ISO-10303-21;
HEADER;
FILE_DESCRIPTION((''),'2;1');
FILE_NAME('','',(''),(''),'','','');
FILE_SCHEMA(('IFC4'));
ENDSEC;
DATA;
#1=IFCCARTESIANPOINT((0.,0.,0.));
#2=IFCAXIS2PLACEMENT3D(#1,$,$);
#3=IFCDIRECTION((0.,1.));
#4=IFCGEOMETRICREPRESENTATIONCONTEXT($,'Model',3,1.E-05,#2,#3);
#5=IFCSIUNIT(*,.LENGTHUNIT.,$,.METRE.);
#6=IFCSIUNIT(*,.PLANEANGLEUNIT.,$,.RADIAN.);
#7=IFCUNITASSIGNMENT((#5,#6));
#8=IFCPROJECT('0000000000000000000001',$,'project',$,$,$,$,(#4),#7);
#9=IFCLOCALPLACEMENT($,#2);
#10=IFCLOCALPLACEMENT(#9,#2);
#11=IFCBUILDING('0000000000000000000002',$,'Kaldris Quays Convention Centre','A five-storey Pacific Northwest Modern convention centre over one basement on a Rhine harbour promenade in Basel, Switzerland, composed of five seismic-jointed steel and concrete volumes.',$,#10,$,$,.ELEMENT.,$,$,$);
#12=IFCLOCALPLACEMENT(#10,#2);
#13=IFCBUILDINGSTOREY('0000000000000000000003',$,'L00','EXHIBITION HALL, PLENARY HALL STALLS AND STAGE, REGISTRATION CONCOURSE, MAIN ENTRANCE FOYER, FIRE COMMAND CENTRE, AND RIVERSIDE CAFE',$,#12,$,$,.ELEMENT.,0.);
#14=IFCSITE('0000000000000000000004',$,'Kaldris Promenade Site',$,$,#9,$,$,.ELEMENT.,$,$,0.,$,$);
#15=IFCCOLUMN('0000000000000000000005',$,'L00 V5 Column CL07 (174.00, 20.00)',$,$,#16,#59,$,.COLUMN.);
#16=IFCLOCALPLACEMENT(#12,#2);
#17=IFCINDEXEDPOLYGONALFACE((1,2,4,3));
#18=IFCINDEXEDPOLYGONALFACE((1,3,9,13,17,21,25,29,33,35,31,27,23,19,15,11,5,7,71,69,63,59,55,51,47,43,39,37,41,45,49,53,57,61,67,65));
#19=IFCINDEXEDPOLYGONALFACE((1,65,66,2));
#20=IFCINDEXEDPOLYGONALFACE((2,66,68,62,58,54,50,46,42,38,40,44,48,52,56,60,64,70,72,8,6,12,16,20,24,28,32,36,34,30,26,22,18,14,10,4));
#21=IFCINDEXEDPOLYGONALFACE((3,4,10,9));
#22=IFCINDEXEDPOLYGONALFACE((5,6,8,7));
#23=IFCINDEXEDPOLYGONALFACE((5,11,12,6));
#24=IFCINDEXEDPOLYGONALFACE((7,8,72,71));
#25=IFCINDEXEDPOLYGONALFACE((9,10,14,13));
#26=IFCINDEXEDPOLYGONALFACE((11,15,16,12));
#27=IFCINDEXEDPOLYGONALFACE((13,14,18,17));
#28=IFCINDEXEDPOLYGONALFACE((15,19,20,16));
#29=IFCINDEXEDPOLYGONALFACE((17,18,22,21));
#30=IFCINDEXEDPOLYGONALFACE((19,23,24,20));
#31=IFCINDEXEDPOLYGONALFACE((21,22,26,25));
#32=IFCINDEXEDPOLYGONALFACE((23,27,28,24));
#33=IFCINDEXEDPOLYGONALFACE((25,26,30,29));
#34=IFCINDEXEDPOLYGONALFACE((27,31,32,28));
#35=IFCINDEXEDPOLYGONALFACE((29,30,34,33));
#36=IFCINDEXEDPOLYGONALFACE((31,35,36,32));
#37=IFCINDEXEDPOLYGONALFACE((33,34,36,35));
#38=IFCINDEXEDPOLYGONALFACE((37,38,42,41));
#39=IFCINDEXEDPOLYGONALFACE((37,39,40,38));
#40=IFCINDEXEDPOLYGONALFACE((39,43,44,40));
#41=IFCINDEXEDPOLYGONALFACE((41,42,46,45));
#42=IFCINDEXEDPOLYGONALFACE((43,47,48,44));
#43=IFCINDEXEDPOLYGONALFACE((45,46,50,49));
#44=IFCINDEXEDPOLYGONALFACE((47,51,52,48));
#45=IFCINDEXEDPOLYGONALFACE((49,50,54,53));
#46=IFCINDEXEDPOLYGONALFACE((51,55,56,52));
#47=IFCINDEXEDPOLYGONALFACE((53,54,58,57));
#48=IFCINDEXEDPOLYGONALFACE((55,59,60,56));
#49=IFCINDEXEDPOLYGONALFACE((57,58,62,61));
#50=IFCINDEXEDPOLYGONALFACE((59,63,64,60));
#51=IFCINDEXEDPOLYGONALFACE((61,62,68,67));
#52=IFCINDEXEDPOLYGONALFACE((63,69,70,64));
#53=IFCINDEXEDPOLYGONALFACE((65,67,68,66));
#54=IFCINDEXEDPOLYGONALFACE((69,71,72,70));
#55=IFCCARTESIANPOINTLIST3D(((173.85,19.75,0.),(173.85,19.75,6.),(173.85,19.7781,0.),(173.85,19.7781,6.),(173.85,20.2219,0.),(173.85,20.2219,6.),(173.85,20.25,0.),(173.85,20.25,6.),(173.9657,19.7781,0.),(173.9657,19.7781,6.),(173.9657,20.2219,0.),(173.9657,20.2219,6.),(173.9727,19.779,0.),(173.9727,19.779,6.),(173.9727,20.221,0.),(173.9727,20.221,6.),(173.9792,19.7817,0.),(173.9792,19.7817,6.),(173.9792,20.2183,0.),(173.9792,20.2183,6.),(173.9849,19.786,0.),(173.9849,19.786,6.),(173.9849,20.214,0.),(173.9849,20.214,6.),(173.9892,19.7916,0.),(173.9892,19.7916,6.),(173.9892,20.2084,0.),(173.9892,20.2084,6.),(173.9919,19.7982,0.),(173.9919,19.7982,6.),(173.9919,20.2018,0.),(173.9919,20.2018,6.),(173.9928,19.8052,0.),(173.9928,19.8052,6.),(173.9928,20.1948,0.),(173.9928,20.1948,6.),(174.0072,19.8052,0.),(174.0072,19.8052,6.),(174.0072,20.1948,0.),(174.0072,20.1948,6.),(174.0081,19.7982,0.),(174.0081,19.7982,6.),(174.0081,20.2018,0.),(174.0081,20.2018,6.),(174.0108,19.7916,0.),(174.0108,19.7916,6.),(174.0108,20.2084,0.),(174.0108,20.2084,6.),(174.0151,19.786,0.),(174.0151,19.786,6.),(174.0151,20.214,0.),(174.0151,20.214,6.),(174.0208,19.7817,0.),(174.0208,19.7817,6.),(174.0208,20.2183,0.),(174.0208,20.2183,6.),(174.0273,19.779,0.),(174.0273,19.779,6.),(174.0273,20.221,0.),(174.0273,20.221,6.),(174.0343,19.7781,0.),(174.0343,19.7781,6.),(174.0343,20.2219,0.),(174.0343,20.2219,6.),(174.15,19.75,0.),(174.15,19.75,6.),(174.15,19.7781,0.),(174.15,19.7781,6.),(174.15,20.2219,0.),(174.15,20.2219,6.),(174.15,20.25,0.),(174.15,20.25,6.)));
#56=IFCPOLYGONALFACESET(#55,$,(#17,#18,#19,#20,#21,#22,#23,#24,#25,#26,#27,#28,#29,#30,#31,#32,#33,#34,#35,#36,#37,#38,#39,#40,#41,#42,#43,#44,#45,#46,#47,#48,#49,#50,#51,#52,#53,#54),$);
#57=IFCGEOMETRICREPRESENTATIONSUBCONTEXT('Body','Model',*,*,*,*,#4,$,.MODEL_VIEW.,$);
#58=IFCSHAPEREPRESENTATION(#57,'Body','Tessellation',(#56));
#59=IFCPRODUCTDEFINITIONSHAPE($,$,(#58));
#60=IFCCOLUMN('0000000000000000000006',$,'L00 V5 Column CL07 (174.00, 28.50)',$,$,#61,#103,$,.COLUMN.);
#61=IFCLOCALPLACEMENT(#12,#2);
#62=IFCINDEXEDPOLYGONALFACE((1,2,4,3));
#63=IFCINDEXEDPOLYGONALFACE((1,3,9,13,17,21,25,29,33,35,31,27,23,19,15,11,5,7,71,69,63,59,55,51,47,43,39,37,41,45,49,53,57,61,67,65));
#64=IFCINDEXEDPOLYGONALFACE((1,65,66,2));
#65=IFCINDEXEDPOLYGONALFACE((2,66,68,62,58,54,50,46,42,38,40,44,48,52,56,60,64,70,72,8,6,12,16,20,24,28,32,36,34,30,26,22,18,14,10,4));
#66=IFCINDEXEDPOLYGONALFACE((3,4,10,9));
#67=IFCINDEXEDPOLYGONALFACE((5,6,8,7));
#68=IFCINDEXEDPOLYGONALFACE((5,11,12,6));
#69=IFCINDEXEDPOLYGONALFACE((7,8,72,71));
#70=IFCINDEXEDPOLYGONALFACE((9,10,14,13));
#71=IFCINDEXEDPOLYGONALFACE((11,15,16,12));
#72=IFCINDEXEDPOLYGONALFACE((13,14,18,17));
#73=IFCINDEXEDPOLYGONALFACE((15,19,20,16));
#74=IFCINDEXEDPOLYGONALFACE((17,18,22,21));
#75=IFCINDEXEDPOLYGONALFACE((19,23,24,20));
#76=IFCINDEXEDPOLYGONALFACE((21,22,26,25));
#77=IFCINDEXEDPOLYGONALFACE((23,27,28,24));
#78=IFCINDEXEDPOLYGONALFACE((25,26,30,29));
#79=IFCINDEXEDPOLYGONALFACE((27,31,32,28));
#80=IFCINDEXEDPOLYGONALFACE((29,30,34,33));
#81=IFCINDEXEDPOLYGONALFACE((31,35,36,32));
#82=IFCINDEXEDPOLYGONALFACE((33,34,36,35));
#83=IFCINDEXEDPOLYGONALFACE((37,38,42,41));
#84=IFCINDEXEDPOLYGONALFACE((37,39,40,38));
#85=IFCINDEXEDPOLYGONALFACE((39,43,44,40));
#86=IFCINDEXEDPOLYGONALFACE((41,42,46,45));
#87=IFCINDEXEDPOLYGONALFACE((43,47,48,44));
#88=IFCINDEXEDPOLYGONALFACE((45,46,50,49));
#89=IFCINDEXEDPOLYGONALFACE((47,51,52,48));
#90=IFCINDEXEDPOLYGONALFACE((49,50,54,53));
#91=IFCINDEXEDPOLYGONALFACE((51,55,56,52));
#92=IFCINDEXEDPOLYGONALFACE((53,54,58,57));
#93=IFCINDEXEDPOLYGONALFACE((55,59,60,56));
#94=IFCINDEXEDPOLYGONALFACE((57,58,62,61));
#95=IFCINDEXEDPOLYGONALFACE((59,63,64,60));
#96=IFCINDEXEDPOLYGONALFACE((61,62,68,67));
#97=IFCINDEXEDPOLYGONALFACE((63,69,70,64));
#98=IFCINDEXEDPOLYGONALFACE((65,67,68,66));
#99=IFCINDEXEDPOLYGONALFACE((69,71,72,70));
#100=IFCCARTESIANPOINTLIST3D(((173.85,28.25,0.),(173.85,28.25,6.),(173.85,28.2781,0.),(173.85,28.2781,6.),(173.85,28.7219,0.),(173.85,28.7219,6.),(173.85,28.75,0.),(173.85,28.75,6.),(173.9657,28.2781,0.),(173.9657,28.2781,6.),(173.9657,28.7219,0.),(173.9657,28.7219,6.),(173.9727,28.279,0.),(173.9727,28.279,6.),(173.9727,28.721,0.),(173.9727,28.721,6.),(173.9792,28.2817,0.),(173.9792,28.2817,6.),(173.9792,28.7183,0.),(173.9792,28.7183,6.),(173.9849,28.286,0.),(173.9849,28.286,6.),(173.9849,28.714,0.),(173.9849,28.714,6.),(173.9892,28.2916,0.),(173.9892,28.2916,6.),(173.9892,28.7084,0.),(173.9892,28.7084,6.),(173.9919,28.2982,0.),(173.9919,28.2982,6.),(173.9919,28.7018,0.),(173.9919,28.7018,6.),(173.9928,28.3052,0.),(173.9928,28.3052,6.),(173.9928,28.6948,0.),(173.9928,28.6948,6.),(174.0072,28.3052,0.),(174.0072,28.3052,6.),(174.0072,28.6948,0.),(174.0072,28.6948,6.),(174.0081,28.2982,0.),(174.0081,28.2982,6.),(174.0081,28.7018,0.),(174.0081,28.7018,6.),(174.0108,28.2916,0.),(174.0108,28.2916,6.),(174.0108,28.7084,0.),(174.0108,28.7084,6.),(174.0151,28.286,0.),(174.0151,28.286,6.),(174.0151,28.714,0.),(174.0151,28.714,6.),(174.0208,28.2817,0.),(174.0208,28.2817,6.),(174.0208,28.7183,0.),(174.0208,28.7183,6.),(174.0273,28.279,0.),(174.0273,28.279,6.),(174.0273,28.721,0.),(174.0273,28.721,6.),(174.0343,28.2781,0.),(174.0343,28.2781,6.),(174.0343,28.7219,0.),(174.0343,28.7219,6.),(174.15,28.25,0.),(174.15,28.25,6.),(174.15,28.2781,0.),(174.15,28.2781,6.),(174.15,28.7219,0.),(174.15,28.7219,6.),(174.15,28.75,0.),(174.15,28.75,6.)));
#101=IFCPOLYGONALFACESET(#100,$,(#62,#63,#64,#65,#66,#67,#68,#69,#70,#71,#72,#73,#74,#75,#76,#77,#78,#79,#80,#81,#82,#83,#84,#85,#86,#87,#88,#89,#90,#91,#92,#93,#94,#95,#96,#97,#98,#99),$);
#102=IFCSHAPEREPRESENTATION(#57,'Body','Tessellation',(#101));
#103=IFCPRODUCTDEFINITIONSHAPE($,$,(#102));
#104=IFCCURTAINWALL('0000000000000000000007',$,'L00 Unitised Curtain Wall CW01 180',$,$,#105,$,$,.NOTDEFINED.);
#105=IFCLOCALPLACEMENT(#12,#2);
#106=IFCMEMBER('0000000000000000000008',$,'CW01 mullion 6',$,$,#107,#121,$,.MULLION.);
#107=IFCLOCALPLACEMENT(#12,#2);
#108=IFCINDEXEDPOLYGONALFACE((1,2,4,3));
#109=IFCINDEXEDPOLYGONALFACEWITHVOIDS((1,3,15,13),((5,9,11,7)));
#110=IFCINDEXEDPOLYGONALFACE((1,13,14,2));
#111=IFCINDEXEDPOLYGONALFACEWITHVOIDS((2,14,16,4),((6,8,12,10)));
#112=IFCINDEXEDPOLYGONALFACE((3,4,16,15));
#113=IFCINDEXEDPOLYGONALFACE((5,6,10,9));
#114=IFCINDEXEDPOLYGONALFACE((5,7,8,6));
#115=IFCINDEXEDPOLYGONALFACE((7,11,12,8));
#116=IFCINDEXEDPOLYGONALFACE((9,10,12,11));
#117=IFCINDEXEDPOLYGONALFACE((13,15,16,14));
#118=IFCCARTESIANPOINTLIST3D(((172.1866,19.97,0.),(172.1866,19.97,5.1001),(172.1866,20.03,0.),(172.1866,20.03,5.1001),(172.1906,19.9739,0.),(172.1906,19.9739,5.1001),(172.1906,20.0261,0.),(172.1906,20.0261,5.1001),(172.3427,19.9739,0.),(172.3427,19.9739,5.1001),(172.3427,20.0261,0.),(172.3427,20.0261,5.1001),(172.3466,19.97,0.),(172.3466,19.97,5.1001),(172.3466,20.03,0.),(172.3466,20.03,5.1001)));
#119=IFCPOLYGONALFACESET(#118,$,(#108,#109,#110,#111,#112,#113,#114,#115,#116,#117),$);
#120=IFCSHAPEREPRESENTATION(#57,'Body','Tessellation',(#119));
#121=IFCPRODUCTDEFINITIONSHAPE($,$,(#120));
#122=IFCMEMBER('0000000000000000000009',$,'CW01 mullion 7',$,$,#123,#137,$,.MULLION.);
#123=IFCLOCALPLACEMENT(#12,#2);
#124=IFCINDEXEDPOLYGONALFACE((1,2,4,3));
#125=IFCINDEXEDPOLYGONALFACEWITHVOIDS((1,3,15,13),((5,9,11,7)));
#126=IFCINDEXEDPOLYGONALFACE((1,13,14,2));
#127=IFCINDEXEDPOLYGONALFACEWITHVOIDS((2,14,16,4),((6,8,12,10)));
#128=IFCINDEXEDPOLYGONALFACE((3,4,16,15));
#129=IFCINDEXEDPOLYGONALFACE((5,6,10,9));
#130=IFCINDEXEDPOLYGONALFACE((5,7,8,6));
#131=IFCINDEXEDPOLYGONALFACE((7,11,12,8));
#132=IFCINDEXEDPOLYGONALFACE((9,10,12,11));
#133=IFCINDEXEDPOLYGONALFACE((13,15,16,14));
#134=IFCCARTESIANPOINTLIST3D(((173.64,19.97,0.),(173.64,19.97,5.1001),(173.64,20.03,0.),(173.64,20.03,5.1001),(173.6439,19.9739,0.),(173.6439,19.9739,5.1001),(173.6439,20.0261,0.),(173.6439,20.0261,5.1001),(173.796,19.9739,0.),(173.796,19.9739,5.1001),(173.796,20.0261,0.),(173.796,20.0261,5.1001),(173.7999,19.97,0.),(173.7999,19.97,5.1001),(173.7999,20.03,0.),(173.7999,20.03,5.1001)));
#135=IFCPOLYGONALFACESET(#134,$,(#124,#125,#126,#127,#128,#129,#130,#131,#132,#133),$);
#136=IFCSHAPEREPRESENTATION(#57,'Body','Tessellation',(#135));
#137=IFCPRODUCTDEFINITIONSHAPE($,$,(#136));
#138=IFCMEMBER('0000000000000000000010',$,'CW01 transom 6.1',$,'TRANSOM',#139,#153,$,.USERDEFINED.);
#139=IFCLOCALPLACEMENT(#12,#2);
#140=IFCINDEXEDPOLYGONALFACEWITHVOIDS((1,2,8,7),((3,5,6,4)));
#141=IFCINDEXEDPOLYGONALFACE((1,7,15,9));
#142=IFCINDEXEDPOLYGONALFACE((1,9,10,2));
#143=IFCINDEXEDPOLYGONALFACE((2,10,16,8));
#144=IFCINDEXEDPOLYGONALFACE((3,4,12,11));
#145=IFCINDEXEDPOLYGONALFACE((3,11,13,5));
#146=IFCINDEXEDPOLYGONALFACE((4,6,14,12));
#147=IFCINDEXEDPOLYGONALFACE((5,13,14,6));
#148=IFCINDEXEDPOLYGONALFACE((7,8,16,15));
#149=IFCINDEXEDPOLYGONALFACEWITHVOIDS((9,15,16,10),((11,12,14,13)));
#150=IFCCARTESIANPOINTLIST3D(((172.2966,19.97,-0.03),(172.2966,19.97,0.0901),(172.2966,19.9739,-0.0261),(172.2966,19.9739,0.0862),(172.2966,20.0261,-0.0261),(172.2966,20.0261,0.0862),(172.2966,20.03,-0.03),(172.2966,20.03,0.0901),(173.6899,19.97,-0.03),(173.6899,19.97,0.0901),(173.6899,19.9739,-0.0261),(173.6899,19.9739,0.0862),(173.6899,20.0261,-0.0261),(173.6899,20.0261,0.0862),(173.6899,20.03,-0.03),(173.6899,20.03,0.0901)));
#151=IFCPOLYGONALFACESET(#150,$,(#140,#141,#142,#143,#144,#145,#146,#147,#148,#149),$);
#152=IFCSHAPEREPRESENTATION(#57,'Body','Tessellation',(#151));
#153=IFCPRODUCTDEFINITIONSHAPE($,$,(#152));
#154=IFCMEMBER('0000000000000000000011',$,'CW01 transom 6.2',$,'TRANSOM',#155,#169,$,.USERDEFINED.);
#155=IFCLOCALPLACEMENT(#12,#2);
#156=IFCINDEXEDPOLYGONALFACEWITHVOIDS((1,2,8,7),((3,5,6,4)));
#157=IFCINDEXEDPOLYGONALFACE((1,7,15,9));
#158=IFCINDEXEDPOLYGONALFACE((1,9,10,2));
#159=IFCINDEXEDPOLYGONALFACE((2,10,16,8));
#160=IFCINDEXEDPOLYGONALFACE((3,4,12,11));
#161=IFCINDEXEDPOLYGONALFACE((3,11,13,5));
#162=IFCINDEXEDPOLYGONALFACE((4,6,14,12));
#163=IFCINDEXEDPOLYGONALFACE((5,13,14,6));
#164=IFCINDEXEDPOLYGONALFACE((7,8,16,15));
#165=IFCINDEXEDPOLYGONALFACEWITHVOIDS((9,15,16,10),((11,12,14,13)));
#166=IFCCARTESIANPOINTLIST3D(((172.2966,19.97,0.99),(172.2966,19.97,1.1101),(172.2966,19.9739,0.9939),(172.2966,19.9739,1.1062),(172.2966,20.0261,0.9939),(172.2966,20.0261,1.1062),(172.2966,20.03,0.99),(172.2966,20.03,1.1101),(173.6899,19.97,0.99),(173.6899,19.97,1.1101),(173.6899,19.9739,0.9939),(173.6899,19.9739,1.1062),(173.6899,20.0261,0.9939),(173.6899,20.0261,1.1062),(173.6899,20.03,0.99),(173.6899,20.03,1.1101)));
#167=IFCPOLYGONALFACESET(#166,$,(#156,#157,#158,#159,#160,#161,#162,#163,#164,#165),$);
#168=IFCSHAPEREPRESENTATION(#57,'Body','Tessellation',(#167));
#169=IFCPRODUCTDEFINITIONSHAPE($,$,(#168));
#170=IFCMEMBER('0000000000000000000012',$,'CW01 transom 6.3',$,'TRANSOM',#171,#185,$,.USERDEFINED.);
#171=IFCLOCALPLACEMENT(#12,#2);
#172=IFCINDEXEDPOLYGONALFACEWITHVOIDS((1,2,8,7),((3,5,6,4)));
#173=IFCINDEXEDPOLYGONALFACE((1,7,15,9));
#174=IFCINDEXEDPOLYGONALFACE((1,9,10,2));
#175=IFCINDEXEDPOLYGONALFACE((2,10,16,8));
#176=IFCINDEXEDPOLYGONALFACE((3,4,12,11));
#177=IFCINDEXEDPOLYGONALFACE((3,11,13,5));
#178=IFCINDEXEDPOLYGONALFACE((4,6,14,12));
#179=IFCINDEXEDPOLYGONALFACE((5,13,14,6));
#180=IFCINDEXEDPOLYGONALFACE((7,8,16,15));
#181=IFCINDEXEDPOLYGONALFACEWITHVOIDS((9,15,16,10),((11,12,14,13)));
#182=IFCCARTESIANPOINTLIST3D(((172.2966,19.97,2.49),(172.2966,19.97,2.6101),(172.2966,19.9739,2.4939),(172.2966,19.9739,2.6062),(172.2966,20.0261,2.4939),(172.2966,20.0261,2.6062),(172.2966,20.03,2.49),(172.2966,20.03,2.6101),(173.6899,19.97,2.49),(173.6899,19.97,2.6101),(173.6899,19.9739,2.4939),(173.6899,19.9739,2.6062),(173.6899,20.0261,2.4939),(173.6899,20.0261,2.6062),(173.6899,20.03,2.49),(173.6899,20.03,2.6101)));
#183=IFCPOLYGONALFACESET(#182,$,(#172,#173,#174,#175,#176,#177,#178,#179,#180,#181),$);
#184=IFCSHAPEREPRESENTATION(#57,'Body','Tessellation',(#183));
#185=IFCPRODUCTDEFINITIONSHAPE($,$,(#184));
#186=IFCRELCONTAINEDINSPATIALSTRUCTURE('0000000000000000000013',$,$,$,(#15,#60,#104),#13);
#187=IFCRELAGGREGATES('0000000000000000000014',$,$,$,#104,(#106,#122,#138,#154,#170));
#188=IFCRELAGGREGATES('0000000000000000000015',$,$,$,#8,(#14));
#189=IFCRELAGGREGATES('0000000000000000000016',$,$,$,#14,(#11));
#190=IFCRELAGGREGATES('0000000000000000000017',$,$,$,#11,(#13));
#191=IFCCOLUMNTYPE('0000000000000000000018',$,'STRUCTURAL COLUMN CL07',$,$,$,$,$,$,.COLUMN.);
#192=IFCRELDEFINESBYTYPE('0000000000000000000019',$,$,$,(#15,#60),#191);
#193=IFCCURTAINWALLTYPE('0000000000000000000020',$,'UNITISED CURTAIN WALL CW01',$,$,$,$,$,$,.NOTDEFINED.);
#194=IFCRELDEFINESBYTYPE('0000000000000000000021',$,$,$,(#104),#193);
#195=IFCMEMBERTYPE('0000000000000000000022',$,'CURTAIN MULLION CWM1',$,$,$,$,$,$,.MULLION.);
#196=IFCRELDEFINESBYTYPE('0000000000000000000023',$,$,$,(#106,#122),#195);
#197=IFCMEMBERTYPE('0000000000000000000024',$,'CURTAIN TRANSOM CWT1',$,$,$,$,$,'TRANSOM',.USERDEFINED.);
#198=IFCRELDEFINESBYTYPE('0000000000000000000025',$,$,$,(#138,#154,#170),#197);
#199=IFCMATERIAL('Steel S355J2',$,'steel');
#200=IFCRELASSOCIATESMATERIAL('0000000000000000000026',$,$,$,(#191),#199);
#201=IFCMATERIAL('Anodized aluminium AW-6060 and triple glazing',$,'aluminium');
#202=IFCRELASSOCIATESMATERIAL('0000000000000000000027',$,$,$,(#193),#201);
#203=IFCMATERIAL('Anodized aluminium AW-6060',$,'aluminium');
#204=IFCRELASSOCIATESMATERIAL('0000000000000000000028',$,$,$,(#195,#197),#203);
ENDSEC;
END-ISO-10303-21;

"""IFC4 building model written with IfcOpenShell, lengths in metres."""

from ifc_helpers import new_model, si_unit, direction, frame, origin, origin_2d, place, context, subcontext, project, spatial, hollow_rectangle, i_section, extrude, material, material_profile, profile_set, type_object, element, aggregate, save


model = new_model("IFC4")

# Units and contexts
model_context = context("Model", 3, precision=1e-05, world=origin(), true_north=direction((0.0, 1.0)))
body_context = subcontext(model_context, "Body", "Model", "MODEL_VIEW")
ifc_project = project(units=[si_unit("LENGTHUNIT", "METRE"), si_unit("PLANEANGLEUNIT", "RADIAN")], contexts=[model_context])

# Site, building, storey
site_placement = place(None, origin())
site = spatial("IfcSite", under=ifc_project, at=site_placement, Name="Kaldris Promenade Site", CompositionType="ELEMENT", RefElevation=0.0)
building_placement = place(site_placement, origin())
building = spatial("IfcBuilding", under=site, at=building_placement, Name="Kaldris Quays Convention Centre", Description="A five-storey Pacific Northwest Modern convention centre over one basement on a Rhine harbour promenade in Basel, Switzerland, composed of five seismic-jointed steel and concrete volumes.", CompositionType="ELEMENT")
storey_placement = place(building_placement, origin())
storey = spatial("IfcBuildingStorey", under=building, at=storey_placement, Name="L00", Description="EXHIBITION HALL, PLENARY HALL STALLS AND STAGE, REGISTRATION CONCOURSE, MAIN ENTRANCE FOYER, FIRE COMMAND CENTRE, AND RIVERSIDE CAFE", CompositionType="ELEMENT", Elevation=0.0)

# Columns
ifc_material_1 = material(Name="Steel S355J2", Category="steel")
ifc_material_profile_1 = material_profile(ifc_material_1, i_section(OverallWidth=0.3, OverallDepth=0.5, WebThickness=0.0144, FlangeThickness=0.0281, FilletRadius=0.0271, at=origin_2d()), Name="HEB 500")
ifc_profile_set_1 = profile_set([ifc_material_profile_1], Name="Steel S355J2")
column_type = type_object("IfcColumnType", Name="STRUCTURAL COLUMN CL07", PredefinedType="COLUMN", material=ifc_profile_set_1)
for number, where, z_axis, x_axis, name in (
    (1, (174.0, 20.0, 0.0), (0.0, 0.0, 1.0), (1.0, 0.0, 0.0), "L00 V5 Column CL07 (174.00, 20.00)"),
    (2, (174.0, 28.5, 0.0), (0.0, 0.0, 1.0), (1.0, 0.0, 0.0), "L00 V5 Column CL07 (174.00, 28.50)"),
):
    element("IfcColumn", number, at=place(storey_placement, frame(where, z_axis=z_axis, x_axis=x_axis)), inside=storey, type_object=column_type, Name=name, PredefinedType="COLUMN", context=body_context, shape_type="SweptSolid", body=[
        extrude(i_section(OverallWidth=0.3, OverallDepth=0.5, WebThickness=0.0144, FlangeThickness=0.0281, FilletRadius=0.0271, at=origin_2d()), origin(), (0.0, 0.0, 1.0), 6.0),
    ])

# Curtain wall, members
ifc_material_2 = material(Name="Anodized aluminium AW-6060 and triple glazing", Category="aluminium")
curtain_wall_type = type_object("IfcCurtainWallType", Name="UNITISED CURTAIN WALL CW01", PredefinedType="NOTDEFINED", material=ifc_material_2)
curtain_wall_placement = place(storey_placement, origin())
curtain_wall = element("IfcCurtainWall", 3, at=curtain_wall_placement, inside=storey, type_object=curtain_wall_type, Name="L00 Unitised Curtain Wall CW01 180", PredefinedType="NOTDEFINED")
ifc_material_3 = material(Name="Anodized aluminium AW-6060", Category="aluminium")
ifc_material_profile_2 = material_profile(ifc_material_3, hollow_rectangle(XDim=0.0601, YDim=0.1599, WallThickness=0.0039, at=origin_2d()), Name="RHS 160x60x4")
ifc_profile_set_2 = profile_set([ifc_material_profile_2], Name="Anodized aluminium AW-6060")
member_type_1 = type_object("IfcMemberType", Name="CURTAIN MULLION CWM1", PredefinedType="MULLION", material=ifc_profile_set_2)
member_1_placement = place(storey_placement, frame((172.2666, 20.0, 0.0), z_axis=(0.0, 0.0, 1.0), x_axis=(0.0, 1.0, 0.0)))
member_1 = element("IfcMember", 4, at=member_1_placement, type_object=member_type_1, Name="CW01 mullion 6", PredefinedType="MULLION", context=body_context, shape_type="SweptSolid", body=[
    extrude(hollow_rectangle(XDim=0.0601, YDim=0.1599, WallThickness=0.0039, at=origin_2d()), origin(), (0.0, 0.0, 1.0), 5.1001),
])
member_2_placement = place(storey_placement, frame((173.72, 20.0, 0.0), z_axis=(0.0, 0.0, 1.0), x_axis=(0.0, 1.0, 0.0)))
member_2 = element("IfcMember", 5, at=member_2_placement, type_object=member_type_1, Name="CW01 mullion 7", PredefinedType="MULLION", context=body_context, shape_type="SweptSolid", body=[
    extrude(hollow_rectangle(XDim=0.0601, YDim=0.1599, WallThickness=0.0039, at=origin_2d()), origin(), (0.0, 0.0, 1.0), 5.1001),
])
ifc_material_profile_3 = material_profile(ifc_material_3, hollow_rectangle(XDim=0.0601, YDim=0.1201, WallThickness=0.0039, at=origin_2d()), Name="RHS 120x60x4")
ifc_profile_set_3 = profile_set([ifc_material_profile_3], Name="Anodized aluminium AW-6060")
member_type_2 = type_object("IfcMemberType", Name="CURTAIN TRANSOM CWT1", ElementType="TRANSOM", PredefinedType="USERDEFINED", material=ifc_profile_set_3)
member_3_placement = place(storey_placement, frame((172.2966, 20.0, 0.03), z_axis=(1.0, 0.0, 0.0), x_axis=(0.0, 1.0, 0.0)))
member_3 = element("IfcMember", 6, at=member_3_placement, type_object=member_type_2, Name="CW01 transom 6.1", ObjectType="TRANSOM", PredefinedType="USERDEFINED", context=body_context, shape_type="SweptSolid", body=[
    extrude(hollow_rectangle(XDim=0.0601, YDim=0.1201, WallThickness=0.0039, at=origin_2d()), origin(), (0.0, 0.0, 1.0), 1.3933),
])
member_4_placement = place(storey_placement, frame((172.2966, 20.0, 1.05), z_axis=(1.0, 0.0, 0.0), x_axis=(0.0, 1.0, 0.0)))
member_4 = element("IfcMember", 7, at=member_4_placement, type_object=member_type_2, Name="CW01 transom 6.2", ObjectType="TRANSOM", PredefinedType="USERDEFINED", context=body_context, shape_type="SweptSolid", body=[
    extrude(hollow_rectangle(XDim=0.0601, YDim=0.1201, WallThickness=0.0039, at=origin_2d()), origin(), (0.0, 0.0, 1.0), 1.3933),
])
member_5_placement = place(storey_placement, frame((172.2966, 20.0, 2.55), z_axis=(1.0, 0.0, 0.0), x_axis=(0.0, 1.0, 0.0)))
member_5 = element("IfcMember", 8, at=member_5_placement, type_object=member_type_2, Name="CW01 transom 6.3", ObjectType="TRANSOM", PredefinedType="USERDEFINED", context=body_context, shape_type="SweptSolid", body=[
    extrude(hollow_rectangle(XDim=0.0601, YDim=0.1201, WallThickness=0.0039, at=origin_2d()), origin(), (0.0, 0.0, 1.0), 1.3933),
])

aggregate(curtain_wall, [member_1, member_2, member_3, member_4, member_5])

save(model, "model.ifc")
